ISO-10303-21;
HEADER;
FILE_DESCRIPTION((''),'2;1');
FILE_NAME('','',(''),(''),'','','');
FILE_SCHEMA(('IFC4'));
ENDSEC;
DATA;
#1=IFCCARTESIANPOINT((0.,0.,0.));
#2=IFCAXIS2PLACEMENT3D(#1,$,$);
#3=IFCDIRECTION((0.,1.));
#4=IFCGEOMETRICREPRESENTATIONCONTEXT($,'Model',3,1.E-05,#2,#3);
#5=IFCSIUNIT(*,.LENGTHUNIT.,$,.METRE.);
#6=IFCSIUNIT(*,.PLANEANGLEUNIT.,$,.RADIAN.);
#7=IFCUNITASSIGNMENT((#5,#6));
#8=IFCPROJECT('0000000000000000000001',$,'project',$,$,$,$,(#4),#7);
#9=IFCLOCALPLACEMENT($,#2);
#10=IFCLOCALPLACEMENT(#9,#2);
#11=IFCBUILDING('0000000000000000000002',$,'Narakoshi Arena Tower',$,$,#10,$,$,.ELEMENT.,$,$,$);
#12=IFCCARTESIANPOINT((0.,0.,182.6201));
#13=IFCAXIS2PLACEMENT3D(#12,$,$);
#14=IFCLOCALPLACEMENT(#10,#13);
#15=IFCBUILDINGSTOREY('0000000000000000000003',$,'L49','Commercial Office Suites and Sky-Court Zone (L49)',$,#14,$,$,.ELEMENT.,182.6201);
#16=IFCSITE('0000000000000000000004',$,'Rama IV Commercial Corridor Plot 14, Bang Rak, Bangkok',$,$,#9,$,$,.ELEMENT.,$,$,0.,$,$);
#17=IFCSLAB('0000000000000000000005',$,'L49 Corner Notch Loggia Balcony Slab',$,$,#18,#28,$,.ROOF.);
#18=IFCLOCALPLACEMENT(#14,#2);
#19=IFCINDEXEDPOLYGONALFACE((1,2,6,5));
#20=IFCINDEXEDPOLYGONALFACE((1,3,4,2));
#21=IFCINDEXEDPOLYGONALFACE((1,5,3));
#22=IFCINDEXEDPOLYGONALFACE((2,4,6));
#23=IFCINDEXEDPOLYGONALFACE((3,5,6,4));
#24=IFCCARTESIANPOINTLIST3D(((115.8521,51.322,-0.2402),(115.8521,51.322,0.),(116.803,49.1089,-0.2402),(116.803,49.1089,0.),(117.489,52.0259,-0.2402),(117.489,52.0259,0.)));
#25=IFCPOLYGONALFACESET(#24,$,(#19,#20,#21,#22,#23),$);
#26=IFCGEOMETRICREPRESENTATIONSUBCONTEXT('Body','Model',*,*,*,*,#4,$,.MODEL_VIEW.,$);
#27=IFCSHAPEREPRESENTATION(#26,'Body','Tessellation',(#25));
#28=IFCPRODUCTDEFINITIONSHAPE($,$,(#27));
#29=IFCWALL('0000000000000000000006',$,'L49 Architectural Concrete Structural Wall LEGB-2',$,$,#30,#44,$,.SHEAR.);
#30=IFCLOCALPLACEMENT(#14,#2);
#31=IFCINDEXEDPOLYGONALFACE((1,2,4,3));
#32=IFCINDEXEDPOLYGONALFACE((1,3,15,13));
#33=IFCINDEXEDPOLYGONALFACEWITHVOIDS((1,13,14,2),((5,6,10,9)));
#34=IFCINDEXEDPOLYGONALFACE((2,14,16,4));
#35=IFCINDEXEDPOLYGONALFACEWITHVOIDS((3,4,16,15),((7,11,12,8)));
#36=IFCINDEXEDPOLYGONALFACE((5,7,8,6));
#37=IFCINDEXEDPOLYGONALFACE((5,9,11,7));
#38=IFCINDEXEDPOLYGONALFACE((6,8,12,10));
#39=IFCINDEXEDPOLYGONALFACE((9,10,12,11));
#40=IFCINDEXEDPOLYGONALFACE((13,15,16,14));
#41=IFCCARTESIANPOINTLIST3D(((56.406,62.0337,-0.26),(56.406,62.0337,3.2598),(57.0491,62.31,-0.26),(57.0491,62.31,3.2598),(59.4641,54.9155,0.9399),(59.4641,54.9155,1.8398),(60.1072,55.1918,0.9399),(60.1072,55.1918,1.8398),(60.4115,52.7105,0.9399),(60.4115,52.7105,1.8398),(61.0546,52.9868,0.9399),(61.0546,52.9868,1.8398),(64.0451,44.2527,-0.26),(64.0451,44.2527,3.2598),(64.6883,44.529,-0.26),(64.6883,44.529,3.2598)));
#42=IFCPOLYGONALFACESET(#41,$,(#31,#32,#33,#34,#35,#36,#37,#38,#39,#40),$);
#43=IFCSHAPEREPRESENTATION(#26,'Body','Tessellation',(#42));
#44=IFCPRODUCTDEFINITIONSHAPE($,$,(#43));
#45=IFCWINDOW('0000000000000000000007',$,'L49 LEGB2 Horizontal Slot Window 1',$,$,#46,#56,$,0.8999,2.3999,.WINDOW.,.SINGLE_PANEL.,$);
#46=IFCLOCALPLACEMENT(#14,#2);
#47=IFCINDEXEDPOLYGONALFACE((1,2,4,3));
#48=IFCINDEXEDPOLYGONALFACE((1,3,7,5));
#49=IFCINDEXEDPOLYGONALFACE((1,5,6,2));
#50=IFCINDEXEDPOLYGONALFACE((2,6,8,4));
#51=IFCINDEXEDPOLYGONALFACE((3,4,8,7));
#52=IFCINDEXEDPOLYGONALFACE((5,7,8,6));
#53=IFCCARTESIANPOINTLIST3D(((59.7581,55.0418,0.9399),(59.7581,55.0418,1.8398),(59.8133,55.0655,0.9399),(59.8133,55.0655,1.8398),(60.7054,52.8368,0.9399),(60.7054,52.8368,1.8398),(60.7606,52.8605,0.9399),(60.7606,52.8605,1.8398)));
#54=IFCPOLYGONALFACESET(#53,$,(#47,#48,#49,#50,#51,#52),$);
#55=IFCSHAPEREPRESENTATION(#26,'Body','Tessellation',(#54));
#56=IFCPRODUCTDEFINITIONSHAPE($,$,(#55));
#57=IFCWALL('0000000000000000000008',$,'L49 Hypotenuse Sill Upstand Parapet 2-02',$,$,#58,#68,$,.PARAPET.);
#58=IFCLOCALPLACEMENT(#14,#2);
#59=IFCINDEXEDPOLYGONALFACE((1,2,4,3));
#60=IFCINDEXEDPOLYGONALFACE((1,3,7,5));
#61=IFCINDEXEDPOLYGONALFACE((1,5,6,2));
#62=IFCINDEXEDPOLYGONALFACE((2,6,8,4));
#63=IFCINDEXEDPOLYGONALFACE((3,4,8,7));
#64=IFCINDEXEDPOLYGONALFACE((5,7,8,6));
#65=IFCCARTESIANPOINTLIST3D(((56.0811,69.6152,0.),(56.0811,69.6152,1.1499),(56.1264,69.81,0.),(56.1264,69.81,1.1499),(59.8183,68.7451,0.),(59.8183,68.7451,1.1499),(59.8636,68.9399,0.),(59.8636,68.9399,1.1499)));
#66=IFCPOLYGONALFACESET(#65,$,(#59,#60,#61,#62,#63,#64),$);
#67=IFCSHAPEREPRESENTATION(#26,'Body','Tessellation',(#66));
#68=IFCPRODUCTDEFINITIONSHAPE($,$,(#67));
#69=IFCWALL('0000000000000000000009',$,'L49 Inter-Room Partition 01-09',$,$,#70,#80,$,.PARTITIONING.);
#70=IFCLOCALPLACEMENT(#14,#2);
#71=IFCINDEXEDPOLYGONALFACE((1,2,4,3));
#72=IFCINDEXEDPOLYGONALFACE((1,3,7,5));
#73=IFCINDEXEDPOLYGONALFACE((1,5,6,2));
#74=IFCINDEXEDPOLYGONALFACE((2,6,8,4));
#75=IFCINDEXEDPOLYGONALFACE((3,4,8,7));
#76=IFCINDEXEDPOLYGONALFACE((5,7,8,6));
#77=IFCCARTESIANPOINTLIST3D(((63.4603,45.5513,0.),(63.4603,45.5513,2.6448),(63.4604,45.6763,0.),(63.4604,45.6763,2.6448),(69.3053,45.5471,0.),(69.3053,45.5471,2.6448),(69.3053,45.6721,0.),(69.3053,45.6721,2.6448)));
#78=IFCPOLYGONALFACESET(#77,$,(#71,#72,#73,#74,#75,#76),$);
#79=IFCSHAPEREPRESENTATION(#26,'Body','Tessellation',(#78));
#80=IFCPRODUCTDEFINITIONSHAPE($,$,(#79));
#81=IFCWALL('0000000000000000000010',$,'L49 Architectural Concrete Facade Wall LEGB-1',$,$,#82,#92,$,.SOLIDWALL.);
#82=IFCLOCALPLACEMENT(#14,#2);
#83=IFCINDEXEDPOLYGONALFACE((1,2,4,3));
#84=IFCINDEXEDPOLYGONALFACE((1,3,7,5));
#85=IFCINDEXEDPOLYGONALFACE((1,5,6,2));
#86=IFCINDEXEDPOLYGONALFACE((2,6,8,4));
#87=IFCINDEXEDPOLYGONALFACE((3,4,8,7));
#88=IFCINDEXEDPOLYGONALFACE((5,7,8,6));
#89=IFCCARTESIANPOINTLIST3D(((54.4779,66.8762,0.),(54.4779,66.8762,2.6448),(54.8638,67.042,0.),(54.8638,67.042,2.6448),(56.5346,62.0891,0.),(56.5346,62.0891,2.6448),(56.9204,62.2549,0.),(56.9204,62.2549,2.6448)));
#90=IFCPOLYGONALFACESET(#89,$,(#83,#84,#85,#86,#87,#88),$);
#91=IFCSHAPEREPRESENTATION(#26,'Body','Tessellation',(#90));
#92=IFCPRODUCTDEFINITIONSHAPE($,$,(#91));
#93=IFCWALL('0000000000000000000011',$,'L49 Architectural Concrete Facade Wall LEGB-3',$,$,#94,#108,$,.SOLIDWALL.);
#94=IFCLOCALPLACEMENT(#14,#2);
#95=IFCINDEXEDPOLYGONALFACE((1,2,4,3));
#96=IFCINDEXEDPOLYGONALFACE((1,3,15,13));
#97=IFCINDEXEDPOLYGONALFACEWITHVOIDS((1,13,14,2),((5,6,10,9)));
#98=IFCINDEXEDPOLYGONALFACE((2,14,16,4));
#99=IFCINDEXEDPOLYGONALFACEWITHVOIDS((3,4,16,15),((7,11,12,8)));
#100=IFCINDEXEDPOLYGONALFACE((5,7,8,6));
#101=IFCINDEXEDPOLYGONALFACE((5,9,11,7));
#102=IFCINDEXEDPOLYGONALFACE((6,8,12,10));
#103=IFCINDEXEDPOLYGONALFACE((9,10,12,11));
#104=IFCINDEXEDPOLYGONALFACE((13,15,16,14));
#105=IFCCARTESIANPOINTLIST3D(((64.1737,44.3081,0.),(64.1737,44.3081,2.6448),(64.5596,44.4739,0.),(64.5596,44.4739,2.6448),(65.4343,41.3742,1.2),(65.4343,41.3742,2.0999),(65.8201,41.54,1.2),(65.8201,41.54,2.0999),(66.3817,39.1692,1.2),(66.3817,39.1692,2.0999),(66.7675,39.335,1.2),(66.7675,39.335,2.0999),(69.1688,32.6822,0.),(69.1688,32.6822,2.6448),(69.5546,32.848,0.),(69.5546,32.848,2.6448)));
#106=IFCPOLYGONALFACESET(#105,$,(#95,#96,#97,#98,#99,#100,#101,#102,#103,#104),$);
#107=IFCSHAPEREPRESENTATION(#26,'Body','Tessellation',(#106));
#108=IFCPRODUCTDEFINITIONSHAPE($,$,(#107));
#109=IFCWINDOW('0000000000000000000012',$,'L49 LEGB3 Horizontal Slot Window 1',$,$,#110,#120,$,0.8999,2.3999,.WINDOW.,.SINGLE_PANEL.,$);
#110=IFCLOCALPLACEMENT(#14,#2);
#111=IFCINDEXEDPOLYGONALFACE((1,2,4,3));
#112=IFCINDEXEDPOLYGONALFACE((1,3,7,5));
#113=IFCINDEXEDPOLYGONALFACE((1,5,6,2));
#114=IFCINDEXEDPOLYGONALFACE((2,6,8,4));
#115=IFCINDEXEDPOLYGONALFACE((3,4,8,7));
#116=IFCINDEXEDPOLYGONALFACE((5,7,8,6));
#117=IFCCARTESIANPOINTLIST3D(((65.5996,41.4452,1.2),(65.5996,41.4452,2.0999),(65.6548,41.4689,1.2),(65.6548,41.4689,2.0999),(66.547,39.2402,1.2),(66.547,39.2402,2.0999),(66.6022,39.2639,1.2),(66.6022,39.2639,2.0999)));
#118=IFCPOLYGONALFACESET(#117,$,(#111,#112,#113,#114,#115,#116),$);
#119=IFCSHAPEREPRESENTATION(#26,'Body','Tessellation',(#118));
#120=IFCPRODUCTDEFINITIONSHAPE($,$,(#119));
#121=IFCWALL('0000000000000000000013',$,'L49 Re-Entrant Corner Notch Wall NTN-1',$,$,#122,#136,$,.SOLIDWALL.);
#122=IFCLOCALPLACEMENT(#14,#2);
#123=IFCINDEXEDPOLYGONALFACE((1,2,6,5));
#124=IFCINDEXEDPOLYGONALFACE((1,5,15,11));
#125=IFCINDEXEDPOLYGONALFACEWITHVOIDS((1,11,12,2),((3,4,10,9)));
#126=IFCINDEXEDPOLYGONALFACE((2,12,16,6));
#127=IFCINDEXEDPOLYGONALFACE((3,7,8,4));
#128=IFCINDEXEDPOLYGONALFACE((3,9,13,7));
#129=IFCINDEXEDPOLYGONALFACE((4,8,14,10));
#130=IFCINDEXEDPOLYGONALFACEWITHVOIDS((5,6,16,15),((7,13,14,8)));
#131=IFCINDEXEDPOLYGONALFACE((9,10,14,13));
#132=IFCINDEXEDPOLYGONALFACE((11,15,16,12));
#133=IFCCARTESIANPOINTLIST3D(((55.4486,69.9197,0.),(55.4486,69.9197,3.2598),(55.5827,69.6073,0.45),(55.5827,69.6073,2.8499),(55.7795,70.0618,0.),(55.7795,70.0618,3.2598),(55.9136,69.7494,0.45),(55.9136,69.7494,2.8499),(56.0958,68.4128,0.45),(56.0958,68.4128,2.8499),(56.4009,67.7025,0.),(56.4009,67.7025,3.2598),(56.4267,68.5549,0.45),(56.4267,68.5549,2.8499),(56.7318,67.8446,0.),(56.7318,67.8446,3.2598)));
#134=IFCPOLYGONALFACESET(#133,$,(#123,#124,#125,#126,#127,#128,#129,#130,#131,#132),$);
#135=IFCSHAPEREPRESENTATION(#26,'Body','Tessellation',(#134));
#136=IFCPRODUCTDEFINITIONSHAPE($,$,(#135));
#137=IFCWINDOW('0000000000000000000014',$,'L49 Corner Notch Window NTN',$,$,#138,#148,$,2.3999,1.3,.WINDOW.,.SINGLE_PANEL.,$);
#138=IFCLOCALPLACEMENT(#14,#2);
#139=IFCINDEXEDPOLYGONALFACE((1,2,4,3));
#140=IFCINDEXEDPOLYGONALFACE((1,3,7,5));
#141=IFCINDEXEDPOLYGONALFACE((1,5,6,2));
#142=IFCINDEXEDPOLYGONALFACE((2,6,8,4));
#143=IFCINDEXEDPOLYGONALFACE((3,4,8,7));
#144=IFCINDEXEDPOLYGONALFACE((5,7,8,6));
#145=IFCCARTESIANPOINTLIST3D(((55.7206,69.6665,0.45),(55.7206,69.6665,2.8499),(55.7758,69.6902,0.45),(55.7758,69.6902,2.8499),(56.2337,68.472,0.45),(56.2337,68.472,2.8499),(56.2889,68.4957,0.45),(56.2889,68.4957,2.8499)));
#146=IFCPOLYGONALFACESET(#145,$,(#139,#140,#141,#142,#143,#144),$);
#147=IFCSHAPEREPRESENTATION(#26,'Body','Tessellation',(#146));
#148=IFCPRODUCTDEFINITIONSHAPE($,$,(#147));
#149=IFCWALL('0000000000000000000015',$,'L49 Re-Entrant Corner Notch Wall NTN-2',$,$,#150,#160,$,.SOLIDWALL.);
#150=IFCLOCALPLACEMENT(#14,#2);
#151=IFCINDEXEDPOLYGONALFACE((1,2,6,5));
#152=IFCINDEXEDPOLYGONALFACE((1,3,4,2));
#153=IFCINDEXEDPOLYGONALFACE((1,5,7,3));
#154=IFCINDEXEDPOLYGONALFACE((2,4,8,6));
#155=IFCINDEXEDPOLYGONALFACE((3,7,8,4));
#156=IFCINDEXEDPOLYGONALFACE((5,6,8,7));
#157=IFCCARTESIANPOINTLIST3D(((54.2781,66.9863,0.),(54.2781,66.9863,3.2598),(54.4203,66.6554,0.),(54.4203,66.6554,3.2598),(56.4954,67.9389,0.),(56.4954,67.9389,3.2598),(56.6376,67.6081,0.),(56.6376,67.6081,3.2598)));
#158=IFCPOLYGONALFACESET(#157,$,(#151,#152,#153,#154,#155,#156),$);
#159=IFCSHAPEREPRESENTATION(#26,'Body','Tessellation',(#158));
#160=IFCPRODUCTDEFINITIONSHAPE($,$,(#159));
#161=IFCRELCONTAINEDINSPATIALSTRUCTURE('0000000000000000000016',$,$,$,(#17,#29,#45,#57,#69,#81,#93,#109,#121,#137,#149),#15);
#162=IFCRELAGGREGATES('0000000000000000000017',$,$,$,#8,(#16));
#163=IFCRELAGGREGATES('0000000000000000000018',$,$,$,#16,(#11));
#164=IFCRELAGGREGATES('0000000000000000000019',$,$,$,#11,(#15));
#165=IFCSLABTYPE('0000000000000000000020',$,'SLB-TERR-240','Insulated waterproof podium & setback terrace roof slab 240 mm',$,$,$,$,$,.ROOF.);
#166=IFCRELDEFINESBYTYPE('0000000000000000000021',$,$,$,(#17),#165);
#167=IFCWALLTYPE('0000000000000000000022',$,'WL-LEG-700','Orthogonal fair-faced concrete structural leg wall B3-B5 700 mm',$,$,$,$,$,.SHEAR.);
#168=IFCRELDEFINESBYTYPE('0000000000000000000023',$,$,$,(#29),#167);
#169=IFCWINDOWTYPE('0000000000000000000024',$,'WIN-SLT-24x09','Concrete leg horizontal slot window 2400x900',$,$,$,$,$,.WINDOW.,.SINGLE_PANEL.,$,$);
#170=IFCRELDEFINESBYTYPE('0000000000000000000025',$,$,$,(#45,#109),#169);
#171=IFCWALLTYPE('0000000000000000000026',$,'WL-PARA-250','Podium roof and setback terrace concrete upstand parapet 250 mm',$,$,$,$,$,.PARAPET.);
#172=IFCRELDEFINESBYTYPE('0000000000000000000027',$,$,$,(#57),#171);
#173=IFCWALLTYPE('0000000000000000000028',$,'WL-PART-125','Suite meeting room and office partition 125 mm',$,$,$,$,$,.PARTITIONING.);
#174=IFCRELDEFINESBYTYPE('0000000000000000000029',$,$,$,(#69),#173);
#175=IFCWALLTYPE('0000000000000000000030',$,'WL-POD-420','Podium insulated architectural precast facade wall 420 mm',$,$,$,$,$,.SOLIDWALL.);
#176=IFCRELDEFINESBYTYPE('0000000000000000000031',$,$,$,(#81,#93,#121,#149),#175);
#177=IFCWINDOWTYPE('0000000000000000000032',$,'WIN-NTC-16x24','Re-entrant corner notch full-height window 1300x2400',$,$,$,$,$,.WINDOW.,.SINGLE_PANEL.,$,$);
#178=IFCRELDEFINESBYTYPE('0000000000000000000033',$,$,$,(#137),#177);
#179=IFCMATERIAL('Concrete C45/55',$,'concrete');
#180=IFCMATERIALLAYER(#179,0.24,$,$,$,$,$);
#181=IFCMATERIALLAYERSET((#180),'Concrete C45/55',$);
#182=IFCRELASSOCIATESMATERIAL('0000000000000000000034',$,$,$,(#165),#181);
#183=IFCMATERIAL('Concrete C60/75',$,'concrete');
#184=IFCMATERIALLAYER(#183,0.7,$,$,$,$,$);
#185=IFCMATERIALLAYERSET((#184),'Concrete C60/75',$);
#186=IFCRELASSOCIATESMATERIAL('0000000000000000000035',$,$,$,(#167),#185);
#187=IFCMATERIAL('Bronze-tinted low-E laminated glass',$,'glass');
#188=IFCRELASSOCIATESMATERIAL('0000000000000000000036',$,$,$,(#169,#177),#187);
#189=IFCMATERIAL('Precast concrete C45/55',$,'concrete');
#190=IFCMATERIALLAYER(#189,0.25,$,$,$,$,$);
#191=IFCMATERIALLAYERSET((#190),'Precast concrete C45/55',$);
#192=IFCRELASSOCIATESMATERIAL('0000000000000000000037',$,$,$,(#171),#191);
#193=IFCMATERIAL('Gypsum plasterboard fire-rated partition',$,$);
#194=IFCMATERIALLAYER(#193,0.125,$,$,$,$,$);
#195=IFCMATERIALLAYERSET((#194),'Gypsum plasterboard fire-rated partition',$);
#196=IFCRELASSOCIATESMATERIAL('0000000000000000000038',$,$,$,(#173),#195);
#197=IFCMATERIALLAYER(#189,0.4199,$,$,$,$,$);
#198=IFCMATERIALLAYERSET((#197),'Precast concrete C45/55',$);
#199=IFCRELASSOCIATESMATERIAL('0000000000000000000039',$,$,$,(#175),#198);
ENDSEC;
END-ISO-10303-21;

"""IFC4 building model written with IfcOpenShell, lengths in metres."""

from ifc_helpers import new_model, si_unit, direction, frame, frame_2d, origin, place, context, subcontext, project, spatial, polyline, rectangle, outline, extrude, material, layer, layer_set, type_object, element, fill, save


model = new_model("IFC4")

# Units and contexts
model_context = context("Model", 3, precision=1e-05, world=origin(), true_north=direction((0.0, 1.0)))
body_context = subcontext(model_context, "Body", "Model", "MODEL_VIEW")
ifc_project = project(units=[si_unit("LENGTHUNIT", "METRE"), si_unit("PLANEANGLEUNIT", "RADIAN")], contexts=[model_context])

# Site, building, storey
site_placement = place(None, origin())
site = spatial("IfcSite", under=ifc_project, at=site_placement, Name="Rama IV Commercial Corridor Plot 14, Bang Rak, Bangkok", CompositionType="ELEMENT", RefElevation=0.0)
building_placement = place(site_placement, origin())
building = spatial("IfcBuilding", under=site, at=building_placement, Name="Narakoshi Arena Tower", CompositionType="ELEMENT")
storey_placement = place(building_placement, frame((0.0, 0.0, 182.6201)))
storey = spatial("IfcBuildingStorey", under=building, at=storey_placement, Name="L49", Description="Commercial Office Suites and Sky-Court Zone (L49)", CompositionType="ELEMENT", Elevation=182.6201)

# Shared definitions
ifc_material_1 = material(Name="Bronze-tinted low-E laminated glass", Category="glass")

# Shared definitions
ifc_material_2 = material(Name="Concrete C45/55", Category="concrete")

# Slab
ifc_layer_1 = layer(ifc_material_2, 0.24)
ifc_layer_set_1 = layer_set([ifc_layer_1], Name="Concrete C45/55")
slab_type_1 = type_object("IfcSlabType", Name="SLB-TERR-240", Description="Insulated waterproof podium & setback terrace roof slab 240 mm", PredefinedType="ROOF", material=ifc_layer_set_1)
slab_1_placement = place(storey_placement, frame((0.0, 0.0, -0.2402)))
element("IfcSlab", 1, at=slab_1_placement, inside=storey, type_object=slab_type_1, Name="L49 Corner Notch Loggia Balcony Slab", PredefinedType="ROOF", context=body_context, shape_type="SweptSolid", body=[
    extrude(outline(polyline([(117.489, 52.0259), (115.8521, 51.322), (116.803, 49.1089), (117.489, 52.0259)])), origin(), (0.0, 0.0, 1.0), 0.2402),
])

# Wall, opening, window
ifc_material_3 = material(Name="Concrete C60/75", Category="concrete")
ifc_layer_2 = layer(ifc_material_3, 0.7)
ifc_layer_set_2 = layer_set([ifc_layer_2], Name="Concrete C60/75")
wall_type_1 = type_object("IfcWallType", Name="WL-LEG-700", Description="Orthogonal fair-faced concrete structural leg wall B3-B5 700 mm", PredefinedType="SHEAR", material=ifc_layer_set_2)
wall_1_placement = place(storey_placement, frame((56.7275, 62.1719, -0.26), z_axis=(0.0, 0.0, 1.0), x_axis=(0.394737, -0.918794, 0.0)))
wall_1 = element("IfcWall", 2, at=wall_1_placement, inside=storey, type_object=wall_type_1, Name="L49 Architectural Concrete Structural Wall LEGB-2", PredefinedType="SHEAR", context=body_context, shape_type="SweptSolid", body=[
    extrude(rectangle(XDim=19.3525, YDim=0.7, at=frame_2d((9.6763, 0.0))), origin(), (0.0, 0.0, 1.0), 3.5198),
])
opening_1_placement = place(wall_1_placement, frame((7.7473, 0.0, 1.2)))
opening_1 = element("IfcOpeningElement", 3, at=opening_1_placement, cuts=wall_1, PredefinedType="OPENING", context=body_context, shape_type="SweptSolid", body=[
    extrude(rectangle(XDim=2.3999, YDim=0.8999, at=frame_2d((1.2, 0.45))), frame((0.0, 0.3599, 0.0), z_axis=(0.0, -1.0, 0.0), x_axis=(1.0, 0.0, 0.0)), (0.0, 0.0, 1.0), 0.72),
])
window_type_1 = type_object("IfcWindowType", Name="WIN-SLT-24x09", Description="Concrete leg horizontal slot window 2400x900", PartitioningType="SINGLE_PANEL", PredefinedType="WINDOW", material=ifc_material_1)
window_1_placement = place(opening_1_placement, origin())
window_1 = element("IfcWindow", 4, at=window_1_placement, inside=storey, type_object=window_type_1, Name="L49 LEGB2 Horizontal Slot Window 1", OverallHeight=0.8999, OverallWidth=2.3999, PartitioningType="SINGLE_PANEL", PredefinedType="WINDOW", context=body_context, shape_type="SweptSolid", body=[
    extrude(rectangle(XDim=2.3999, YDim=0.8999, at=frame_2d((1.2, 0.45))), frame((0.0, 0.03, 0.0), z_axis=(0.0, -1.0, 0.0), x_axis=(1.0, 0.0, 0.0)), (0.0, 0.0, 1.0), 0.0601),
])
fill(opening_1, window_1)

# Walls
ifc_material_4 = material(Name="Precast concrete C45/55", Category="concrete")
ifc_layer_3 = layer(ifc_material_4, 0.25)
ifc_layer_set_3 = layer_set([ifc_layer_3], Name="Precast concrete C45/55")
wall_type_2 = type_object("IfcWallType", Name="WL-PARA-250", Description="Podium roof and setback terrace concrete upstand parapet 250 mm", PredefinedType="PARAPET", material=ifc_layer_set_3)
wall_2_placement = place(storey_placement, frame((59.8408, 68.8425, 0.0), z_axis=(0.0, 0.0, 1.0), x_axis=(-0.973952, 0.226755, 0.0)))
element("IfcWall", 5, at=wall_2_placement, inside=storey, type_object=wall_type_2, Name="L49 Hypotenuse Sill Upstand Parapet 2-02", PredefinedType="PARAPET", context=body_context, shape_type="SweptSolid", body=[
    extrude(rectangle(XDim=3.8372, YDim=0.2, at=frame_2d((1.9185, 0.0))), origin(), (0.0, 0.0, 1.0), 1.1499),
])
ifc_material_5 = material(Name="Gypsum plasterboard fire-rated partition")
ifc_layer_4 = layer(ifc_material_5, 0.125)
ifc_layer_set_4 = layer_set([ifc_layer_4], Name="Gypsum plasterboard fire-rated partition")
wall_type_3 = type_object("IfcWallType", Name="WL-PART-125", Description="Suite meeting room and office partition 125 mm", PredefinedType="PARTITIONING", material=ifc_layer_set_4)
wall_3_placement = place(storey_placement, frame((63.4604, 45.6138, 0.0), z_axis=(0.0, 0.0, 1.0), x_axis=(1.0, -0.00071, 0.0)))
element("IfcWall", 6, at=wall_3_placement, inside=storey, type_object=wall_type_3, Name="L49 Inter-Room Partition 01-09", PredefinedType="PARTITIONING", context=body_context, shape_type="SweptSolid", body=[
    extrude(rectangle(XDim=5.845, YDim=0.125, at=frame_2d((2.9224, 0.0))), origin(), (0.0, 0.0, 1.0), 2.6448),
])
ifc_layer_5 = layer(ifc_material_4, 0.4199)
ifc_layer_set_5 = layer_set([ifc_layer_5], Name="Precast concrete C45/55")
wall_type_4 = type_object("IfcWallType", Name="WL-POD-420", Description="Podium insulated architectural precast facade wall 420 mm", PredefinedType="SOLIDWALL", material=ifc_layer_set_5)
wall_4_placement = place(storey_placement, frame((54.6709, 66.959, 0.0), z_axis=(0.0, 0.0, 1.0), x_axis=(0.394734, -0.918796, 0.0)))
element("IfcWall", 7, at=wall_4_placement, inside=storey, type_object=wall_type_4, Name="L49 Architectural Concrete Facade Wall LEGB-1", PredefinedType="SOLIDWALL", context=body_context, shape_type="SweptSolid", body=[
    extrude(rectangle(XDim=5.2102, YDim=0.4199, at=frame_2d((2.605, 0.0))), origin(), (0.0, 0.0, 1.0), 2.6448),
])

# Walls, openings, windows
wall_5_placement = place(storey_placement, frame((64.3667, 44.3909, 0.0), z_axis=(0.0, 0.0, 1.0), x_axis=(0.394757, -0.918785, 0.0)))
wall_5 = element("IfcWall", 8, at=wall_5_placement, inside=storey, type_object=wall_type_4, Name="L49 Architectural Concrete Facade Wall LEGB-3", PredefinedType="SOLIDWALL", context=body_context, shape_type="SweptSolid", body=[
    extrude(rectangle(XDim=12.6536, YDim=0.4199, at=frame_2d((6.3267, 0.0))), origin(), (0.0, 0.0, 1.0), 2.6448),
])
opening_2_placement = place(wall_5_placement, frame((3.1931, 0.0, 1.2)))
opening_2 = element("IfcOpeningElement", 9, at=opening_2_placement, cuts=wall_5, PredefinedType="OPENING", context=body_context, shape_type="SweptSolid", body=[
    extrude(rectangle(XDim=2.3999, YDim=0.8999, at=frame_2d((1.2, 0.45))), frame((0.0, 0.22, 0.0), z_axis=(0.0, -1.0, 0.0), x_axis=(1.0, 0.0, 0.0)), (0.0, 0.0, 1.0), 0.4399),
])
window_2_placement = place(opening_2_placement, origin())
window_2 = element("IfcWindow", 10, at=window_2_placement, inside=storey, type_object=window_type_1, Name="L49 LEGB3 Horizontal Slot Window 1", OverallHeight=0.8999, OverallWidth=2.3999, PartitioningType="SINGLE_PANEL", PredefinedType="WINDOW", context=body_context, shape_type="SweptSolid", body=[
    extrude(rectangle(XDim=2.3999, YDim=0.8999, at=frame_2d((1.2, 0.45))), frame((0.0, 0.03, 0.0), z_axis=(0.0, -1.0, 0.0), x_axis=(1.0, 0.0, 0.0)), (0.0, 0.0, 1.0), 0.0601),
])
fill(opening_2, window_2)
wall_6_placement = place(storey_placement, frame((55.614, 69.9907, 0.0), z_axis=(0.0, 0.0, 1.0), x_axis=(0.394664, -0.918826, 0.0)))
wall_6 = element("IfcWall", 11, at=wall_6_placement, inside=storey, type_object=wall_type_4, Name="L49 Re-Entrant Corner Notch Wall NTN-1", PredefinedType="SOLIDWALL", context=body_context, shape_type="SweptSolid", body=[
    extrude(rectangle(XDim=2.4131, YDim=0.3601, at=frame_2d((1.2065, 0.0))), origin(), (0.0, 0.0, 1.0), 3.2598),
])
opening_3_placement = place(wall_6_placement, frame((0.3401, 0.0, 0.45)))
opening_3 = element("IfcOpeningElement", 12, at=opening_3_placement, cuts=wall_6, PredefinedType="OPENING", context=body_context, shape_type="SweptSolid", body=[
    extrude(rectangle(XDim=1.3, YDim=2.3999, at=frame_2d((0.6499, 1.2))), frame((0.0, 0.1899, 0.0), z_axis=(0.0, -1.0, 0.0), x_axis=(1.0, 0.0, 0.0)), (0.0, 0.0, 1.0), 0.3801),
])
window_type_2 = type_object("IfcWindowType", Name="WIN-NTC-16x24", Description="Re-entrant corner notch full-height window 1300x2400", PartitioningType="SINGLE_PANEL", PredefinedType="WINDOW", material=ifc_material_1)
window_3_placement = place(opening_3_placement, origin())
window_3 = element("IfcWindow", 13, at=window_3_placement, inside=storey, type_object=window_type_2, Name="L49 Corner Notch Window NTN", OverallHeight=2.3999, OverallWidth=1.3, PartitioningType="SINGLE_PANEL", PredefinedType="WINDOW", context=body_context, shape_type="SweptSolid", body=[
    extrude(rectangle(XDim=1.3, YDim=2.3999, at=frame_2d((0.6499, 1.2))), frame((0.0, 0.03, 0.0), z_axis=(0.0, -1.0, 0.0), x_axis=(1.0, 0.0, 0.0)), (0.0, 0.0, 1.0), 0.0601),
])
fill(opening_3, window_3)

# Wall
wall_7_placement = place(storey_placement, frame((56.5664, 67.7734, 0.0), z_axis=(0.0, 0.0, 1.0), x_axis=(-0.918789, -0.394749, 0.0)))
element("IfcWall", 14, at=wall_7_placement, inside=storey, type_object=wall_type_4, Name="L49 Re-Entrant Corner Notch Wall NTN-2", PredefinedType="SOLIDWALL", context=body_context, shape_type="SweptSolid", body=[
    extrude(rectangle(XDim=2.4133, YDim=0.3601, at=frame_2d((1.2065, 0.0))), origin(), (0.0, 0.0, 1.0), 3.2598),
])

save(model, "model.ifc")
